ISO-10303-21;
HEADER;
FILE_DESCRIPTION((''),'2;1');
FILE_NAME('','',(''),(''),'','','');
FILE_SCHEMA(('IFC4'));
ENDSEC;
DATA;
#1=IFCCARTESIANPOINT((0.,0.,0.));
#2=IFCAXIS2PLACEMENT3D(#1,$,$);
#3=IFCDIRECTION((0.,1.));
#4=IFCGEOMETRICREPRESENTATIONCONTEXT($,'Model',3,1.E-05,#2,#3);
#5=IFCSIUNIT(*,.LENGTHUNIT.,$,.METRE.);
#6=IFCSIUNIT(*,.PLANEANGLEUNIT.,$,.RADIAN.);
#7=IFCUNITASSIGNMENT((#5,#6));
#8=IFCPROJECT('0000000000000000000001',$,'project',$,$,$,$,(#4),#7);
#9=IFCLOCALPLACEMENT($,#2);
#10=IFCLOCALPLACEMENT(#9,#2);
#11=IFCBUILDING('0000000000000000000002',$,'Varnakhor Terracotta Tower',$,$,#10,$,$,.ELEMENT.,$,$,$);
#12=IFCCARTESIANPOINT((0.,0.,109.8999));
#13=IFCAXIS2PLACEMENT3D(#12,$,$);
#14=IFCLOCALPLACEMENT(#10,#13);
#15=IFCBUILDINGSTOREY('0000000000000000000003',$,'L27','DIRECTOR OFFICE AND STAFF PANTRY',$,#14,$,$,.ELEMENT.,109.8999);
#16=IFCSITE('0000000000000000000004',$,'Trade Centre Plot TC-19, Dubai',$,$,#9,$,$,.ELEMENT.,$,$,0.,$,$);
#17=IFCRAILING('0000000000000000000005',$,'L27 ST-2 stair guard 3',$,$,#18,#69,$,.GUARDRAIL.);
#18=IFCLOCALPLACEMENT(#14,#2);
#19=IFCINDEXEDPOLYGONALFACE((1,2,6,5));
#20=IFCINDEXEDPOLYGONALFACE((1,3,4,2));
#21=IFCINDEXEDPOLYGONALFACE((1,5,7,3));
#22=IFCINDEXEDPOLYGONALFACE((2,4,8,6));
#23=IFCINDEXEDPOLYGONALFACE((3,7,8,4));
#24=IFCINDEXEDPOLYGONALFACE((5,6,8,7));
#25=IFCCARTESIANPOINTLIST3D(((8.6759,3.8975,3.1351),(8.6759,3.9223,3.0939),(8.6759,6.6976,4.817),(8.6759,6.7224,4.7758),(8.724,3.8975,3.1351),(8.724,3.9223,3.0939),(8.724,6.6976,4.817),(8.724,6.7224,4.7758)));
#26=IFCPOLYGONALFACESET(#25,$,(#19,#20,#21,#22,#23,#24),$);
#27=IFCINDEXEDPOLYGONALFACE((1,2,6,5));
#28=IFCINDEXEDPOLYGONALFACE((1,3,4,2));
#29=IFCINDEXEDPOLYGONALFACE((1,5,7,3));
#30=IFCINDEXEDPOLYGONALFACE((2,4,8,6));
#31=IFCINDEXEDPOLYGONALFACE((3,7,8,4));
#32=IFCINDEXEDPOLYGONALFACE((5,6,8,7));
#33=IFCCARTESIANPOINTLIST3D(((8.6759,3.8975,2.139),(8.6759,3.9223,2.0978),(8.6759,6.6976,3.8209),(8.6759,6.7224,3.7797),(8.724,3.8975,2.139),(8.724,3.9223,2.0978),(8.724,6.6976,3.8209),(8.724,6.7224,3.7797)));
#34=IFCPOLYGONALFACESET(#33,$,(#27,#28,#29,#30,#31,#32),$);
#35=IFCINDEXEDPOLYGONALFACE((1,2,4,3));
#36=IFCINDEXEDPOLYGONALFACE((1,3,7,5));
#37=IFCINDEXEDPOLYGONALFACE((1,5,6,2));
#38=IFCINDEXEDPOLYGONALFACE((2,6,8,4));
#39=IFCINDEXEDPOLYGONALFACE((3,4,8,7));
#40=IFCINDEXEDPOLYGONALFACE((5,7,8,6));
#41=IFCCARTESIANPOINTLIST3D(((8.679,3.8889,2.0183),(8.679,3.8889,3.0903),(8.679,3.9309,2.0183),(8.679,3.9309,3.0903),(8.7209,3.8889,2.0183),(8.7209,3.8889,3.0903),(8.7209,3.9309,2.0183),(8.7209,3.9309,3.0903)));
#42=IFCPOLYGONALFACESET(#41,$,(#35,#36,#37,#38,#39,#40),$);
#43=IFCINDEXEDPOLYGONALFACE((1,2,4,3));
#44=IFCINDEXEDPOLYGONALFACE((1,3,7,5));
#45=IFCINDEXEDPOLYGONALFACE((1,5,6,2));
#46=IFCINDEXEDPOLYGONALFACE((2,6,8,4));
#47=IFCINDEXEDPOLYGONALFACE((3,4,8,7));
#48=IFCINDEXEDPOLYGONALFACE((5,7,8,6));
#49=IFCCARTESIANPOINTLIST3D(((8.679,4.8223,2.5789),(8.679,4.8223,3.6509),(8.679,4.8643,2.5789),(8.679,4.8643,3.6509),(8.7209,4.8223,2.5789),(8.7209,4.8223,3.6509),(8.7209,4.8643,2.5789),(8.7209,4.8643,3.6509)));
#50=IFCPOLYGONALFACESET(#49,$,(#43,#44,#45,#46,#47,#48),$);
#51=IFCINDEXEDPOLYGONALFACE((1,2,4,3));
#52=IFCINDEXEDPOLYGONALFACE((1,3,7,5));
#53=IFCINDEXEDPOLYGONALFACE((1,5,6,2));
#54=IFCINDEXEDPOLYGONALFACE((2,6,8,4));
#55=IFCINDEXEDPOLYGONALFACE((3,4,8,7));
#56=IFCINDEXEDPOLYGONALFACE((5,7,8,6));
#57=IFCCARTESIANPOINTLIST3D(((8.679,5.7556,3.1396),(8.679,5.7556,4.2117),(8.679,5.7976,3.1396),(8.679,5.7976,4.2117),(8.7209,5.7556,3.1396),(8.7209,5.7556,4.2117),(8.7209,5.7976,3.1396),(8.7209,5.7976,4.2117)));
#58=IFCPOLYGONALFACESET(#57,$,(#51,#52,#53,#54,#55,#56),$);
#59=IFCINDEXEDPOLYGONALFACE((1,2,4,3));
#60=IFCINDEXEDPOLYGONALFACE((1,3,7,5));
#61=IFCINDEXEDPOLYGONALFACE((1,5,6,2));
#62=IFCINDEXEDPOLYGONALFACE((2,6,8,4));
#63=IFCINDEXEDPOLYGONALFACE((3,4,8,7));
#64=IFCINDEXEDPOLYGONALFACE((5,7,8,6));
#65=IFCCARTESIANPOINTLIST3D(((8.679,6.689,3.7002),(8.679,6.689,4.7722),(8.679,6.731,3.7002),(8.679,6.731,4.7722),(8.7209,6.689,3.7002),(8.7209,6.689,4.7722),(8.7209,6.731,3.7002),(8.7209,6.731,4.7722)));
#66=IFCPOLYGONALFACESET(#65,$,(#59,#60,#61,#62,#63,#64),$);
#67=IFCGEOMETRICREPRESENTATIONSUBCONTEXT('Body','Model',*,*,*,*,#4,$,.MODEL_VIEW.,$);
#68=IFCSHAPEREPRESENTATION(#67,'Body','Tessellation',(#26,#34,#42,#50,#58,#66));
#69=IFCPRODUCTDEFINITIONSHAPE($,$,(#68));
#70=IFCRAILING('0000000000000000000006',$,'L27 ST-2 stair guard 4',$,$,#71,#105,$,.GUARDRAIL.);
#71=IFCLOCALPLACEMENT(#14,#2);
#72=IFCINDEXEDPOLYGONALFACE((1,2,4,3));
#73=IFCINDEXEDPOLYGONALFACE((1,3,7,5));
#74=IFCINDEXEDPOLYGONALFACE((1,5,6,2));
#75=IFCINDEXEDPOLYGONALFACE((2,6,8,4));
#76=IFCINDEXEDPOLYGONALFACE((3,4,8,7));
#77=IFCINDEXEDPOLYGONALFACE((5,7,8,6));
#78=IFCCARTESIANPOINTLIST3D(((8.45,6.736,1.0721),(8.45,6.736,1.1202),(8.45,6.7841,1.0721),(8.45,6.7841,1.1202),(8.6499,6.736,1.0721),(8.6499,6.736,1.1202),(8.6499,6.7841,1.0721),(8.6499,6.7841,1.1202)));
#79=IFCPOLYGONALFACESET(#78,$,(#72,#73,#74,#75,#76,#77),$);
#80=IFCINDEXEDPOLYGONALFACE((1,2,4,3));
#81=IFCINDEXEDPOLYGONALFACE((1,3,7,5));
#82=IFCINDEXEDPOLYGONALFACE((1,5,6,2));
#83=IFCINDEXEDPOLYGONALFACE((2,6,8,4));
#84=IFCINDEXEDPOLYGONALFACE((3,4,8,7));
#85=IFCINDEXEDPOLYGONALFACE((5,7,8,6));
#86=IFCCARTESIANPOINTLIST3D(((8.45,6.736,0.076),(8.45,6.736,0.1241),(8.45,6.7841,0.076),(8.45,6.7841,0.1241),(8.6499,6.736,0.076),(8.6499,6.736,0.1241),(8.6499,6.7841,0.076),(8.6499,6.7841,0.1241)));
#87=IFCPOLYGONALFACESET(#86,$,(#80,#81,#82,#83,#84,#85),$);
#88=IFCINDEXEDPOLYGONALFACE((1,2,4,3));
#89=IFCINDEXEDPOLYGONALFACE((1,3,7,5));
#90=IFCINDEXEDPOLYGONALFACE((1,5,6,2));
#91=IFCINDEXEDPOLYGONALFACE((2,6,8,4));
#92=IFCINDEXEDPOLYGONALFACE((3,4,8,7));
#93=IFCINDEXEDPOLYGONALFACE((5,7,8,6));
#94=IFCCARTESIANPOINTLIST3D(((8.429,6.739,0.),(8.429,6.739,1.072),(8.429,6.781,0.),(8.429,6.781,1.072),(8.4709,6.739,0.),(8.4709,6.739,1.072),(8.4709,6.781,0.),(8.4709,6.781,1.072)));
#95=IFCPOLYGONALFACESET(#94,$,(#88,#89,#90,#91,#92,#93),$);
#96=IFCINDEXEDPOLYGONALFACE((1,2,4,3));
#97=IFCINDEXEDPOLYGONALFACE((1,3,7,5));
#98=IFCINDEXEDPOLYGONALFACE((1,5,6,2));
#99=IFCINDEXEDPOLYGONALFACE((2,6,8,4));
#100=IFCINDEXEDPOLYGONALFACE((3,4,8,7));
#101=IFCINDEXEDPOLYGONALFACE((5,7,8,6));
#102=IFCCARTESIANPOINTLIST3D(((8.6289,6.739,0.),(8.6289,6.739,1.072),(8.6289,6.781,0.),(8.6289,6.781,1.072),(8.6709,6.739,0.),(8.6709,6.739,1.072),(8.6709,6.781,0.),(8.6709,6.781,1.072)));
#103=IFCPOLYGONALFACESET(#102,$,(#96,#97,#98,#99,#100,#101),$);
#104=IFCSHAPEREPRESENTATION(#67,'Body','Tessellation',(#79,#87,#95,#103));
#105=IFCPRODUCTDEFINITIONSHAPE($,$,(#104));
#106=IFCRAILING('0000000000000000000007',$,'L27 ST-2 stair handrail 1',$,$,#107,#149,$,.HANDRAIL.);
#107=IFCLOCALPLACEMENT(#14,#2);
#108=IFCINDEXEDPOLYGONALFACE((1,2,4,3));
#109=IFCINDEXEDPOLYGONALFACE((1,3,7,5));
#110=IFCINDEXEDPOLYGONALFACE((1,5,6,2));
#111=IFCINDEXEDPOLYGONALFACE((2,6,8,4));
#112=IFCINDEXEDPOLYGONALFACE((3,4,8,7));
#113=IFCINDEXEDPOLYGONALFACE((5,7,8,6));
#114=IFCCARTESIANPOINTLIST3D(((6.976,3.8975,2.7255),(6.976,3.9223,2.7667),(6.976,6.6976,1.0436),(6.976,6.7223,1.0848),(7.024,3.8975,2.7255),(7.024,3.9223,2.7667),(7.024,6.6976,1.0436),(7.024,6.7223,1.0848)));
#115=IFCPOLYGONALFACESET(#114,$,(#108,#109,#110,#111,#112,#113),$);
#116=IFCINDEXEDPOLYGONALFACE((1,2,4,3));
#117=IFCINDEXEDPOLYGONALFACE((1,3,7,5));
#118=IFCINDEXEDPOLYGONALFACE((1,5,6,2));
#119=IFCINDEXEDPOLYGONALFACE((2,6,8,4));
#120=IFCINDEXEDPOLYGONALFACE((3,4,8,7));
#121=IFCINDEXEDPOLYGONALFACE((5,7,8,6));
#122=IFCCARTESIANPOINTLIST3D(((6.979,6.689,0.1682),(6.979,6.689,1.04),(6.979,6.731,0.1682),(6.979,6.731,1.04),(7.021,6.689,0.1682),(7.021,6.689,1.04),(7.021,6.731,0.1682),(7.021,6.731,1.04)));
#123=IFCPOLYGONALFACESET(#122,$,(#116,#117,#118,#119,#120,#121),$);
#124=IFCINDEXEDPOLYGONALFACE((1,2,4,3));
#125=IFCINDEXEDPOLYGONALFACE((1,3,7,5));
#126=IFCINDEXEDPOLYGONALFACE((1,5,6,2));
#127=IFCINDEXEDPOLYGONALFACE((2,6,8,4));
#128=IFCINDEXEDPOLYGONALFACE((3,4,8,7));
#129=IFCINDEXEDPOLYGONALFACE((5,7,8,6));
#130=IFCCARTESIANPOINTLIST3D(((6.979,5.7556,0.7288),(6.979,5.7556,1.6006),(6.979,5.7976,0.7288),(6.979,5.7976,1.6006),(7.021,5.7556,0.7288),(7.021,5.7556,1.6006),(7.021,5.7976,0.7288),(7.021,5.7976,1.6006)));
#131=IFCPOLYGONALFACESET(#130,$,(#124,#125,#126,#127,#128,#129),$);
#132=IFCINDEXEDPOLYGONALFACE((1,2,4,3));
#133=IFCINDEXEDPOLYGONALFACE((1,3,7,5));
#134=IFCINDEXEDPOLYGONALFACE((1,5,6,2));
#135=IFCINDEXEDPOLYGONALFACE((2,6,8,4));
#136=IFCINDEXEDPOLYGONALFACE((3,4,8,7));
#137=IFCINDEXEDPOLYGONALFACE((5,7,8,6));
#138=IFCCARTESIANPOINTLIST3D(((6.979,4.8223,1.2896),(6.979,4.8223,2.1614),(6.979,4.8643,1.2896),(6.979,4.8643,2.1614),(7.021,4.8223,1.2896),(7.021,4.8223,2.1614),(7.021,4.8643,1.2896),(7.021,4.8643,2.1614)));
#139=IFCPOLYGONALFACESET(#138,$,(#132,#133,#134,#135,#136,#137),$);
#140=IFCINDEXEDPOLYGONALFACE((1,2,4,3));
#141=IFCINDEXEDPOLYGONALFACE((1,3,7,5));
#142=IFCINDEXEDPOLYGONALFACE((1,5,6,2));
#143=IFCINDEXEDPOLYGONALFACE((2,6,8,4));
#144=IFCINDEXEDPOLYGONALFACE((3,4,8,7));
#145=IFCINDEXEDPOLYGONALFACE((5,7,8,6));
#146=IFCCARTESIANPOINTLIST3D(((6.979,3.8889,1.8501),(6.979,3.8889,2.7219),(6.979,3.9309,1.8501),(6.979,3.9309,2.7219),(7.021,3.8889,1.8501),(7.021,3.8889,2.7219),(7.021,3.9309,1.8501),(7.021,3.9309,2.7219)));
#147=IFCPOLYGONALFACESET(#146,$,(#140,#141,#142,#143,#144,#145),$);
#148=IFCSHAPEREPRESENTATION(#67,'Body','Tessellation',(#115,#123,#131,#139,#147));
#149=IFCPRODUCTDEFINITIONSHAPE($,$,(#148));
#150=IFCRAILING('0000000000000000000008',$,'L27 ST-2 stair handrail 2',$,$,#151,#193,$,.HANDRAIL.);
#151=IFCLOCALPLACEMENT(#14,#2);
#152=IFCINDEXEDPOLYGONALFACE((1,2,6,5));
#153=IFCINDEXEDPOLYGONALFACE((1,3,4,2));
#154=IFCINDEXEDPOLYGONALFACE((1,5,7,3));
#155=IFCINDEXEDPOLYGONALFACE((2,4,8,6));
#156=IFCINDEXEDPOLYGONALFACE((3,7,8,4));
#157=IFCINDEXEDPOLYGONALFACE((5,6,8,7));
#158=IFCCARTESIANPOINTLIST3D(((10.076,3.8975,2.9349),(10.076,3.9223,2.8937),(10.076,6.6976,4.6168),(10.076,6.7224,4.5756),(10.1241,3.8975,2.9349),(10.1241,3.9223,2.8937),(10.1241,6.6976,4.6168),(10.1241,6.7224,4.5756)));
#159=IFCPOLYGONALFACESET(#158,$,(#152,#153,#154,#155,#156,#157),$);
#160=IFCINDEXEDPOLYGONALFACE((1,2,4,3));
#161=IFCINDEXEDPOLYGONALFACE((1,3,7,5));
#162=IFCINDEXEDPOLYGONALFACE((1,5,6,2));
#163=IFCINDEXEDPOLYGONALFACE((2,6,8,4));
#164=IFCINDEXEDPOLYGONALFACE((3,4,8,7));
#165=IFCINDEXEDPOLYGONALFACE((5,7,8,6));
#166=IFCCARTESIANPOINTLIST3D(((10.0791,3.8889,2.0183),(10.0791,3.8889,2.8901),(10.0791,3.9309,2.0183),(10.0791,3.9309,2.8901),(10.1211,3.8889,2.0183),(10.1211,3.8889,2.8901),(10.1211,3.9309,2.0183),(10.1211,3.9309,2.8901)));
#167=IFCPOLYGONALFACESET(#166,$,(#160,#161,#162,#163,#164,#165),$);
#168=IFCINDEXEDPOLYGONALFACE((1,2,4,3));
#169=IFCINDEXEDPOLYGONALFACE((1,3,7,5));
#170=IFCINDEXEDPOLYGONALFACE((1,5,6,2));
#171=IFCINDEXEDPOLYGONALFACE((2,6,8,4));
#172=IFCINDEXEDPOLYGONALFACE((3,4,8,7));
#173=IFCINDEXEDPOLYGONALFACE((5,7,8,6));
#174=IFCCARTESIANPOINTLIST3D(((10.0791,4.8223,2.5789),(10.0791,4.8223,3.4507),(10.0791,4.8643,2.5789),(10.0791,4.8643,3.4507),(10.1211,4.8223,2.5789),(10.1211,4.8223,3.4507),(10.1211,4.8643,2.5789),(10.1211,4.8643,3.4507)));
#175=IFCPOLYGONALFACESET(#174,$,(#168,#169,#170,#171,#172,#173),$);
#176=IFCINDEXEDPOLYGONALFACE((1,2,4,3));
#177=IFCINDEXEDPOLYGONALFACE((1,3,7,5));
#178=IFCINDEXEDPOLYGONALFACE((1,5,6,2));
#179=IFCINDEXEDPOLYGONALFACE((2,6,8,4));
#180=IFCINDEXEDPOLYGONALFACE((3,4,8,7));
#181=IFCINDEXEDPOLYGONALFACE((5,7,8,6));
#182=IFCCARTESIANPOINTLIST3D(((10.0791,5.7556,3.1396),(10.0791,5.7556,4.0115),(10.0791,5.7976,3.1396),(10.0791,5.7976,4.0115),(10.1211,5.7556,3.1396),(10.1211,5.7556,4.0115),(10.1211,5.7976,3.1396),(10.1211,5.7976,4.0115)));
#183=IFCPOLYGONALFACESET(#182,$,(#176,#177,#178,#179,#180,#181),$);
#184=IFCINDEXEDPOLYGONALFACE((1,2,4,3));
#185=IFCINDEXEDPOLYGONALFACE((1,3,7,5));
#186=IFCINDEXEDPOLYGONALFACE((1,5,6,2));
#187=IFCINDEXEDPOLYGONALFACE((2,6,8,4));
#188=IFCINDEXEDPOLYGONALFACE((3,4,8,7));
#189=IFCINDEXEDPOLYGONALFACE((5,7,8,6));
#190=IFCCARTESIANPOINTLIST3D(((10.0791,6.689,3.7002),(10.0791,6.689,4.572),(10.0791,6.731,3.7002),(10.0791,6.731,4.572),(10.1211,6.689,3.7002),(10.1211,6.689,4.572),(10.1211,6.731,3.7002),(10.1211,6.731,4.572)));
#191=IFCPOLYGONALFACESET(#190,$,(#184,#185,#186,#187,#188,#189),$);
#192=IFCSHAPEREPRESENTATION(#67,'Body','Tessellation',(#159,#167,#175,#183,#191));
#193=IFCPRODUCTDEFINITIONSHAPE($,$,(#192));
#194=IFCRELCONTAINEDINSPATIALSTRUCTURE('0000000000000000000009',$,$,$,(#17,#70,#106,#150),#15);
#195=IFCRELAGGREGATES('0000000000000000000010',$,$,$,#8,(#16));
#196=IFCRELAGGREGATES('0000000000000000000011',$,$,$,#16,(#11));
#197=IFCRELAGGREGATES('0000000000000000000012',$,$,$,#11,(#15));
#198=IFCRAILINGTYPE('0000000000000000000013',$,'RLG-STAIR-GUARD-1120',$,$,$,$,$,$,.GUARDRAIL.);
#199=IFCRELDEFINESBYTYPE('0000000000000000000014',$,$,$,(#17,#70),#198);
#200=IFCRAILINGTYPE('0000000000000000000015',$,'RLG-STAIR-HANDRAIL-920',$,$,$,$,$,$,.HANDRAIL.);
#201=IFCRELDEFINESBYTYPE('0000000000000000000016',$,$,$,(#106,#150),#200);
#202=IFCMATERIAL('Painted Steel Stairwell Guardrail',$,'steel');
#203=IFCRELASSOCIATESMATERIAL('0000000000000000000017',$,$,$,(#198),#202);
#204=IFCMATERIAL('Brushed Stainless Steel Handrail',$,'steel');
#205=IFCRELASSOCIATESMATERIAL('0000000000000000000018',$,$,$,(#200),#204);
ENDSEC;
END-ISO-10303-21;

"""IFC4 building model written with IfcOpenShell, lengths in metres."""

from ifc_helpers import new_model, si_unit, direction, frame, origin, origin_2d, place, context, subcontext, project, spatial, rectangle, extrude, material, type_object, element, save


model = new_model("IFC4")

# Units and contexts
model_context = context("Model", 3, precision=1e-05, world=origin(), true_north=direction((0.0, 1.0)))
body_context = subcontext(model_context, "Body", "Model", "MODEL_VIEW")
ifc_project = project(units=[si_unit("LENGTHUNIT", "METRE"), si_unit("PLANEANGLEUNIT", "RADIAN")], contexts=[model_context])

# Site, building, storey
site_placement = place(None, origin())
site = spatial("IfcSite", under=ifc_project, at=site_placement, Name="Trade Centre Plot TC-19, Dubai", CompositionType="ELEMENT", RefElevation=0.0)
building_placement = place(site_placement, origin())
building = spatial("IfcBuilding", under=site, at=building_placement, Name="Varnakhor Terracotta Tower", CompositionType="ELEMENT")
storey_placement = place(building_placement, frame((0.0, 0.0, 109.8999)))
storey = spatial("IfcBuildingStorey", under=building, at=storey_placement, Name="L27", Description="DIRECTOR OFFICE AND STAFF PANTRY", CompositionType="ELEMENT", Elevation=109.8999)

# Railings
ifc_material_1 = material(Name="Painted Steel Stairwell Guardrail", Category="steel")
railing_type_1 = type_object("IfcRailingType", Name="RLG-STAIR-GUARD-1120", PredefinedType="GUARDRAIL", material=ifc_material_1)
railing_1_placement = place(storey_placement, frame((8.7, 3.9099, 2.0183)))
element("IfcRailing", 1, at=railing_1_placement, inside=storey, type_object=railing_type_1, Name="L27 ST-2 stair guard 3", PredefinedType="GUARDRAIL", context=body_context, shape_type="SweptSolid", body=[
    extrude(rectangle(XDim=0.0481, YDim=0.0481, at=origin_2d()), frame((0.0, 0.0, 1.0962), z_axis=(0.0, 0.857242, 0.514913), x_axis=(-1.0, 0.0, 0.0)), (0.0, 0.0, 1.0), 3.2664),
    extrude(rectangle(XDim=0.0481, YDim=0.0481, at=origin_2d()), frame((0.0, 0.0, 0.1001), z_axis=(0.0, 0.857242, 0.514913), x_axis=(-1.0, 0.0, 0.0)), (0.0, 0.0, 1.0), 3.2664),
    extrude(rectangle(XDim=0.042, YDim=0.042, at=origin_2d()), origin(), (0.0, 0.0, 1.0), 1.072),
    extrude(rectangle(XDim=0.042, YDim=0.042, at=origin_2d()), frame((0.0, 0.9333, 0.5605)), (0.0, 0.0, 1.0), 1.072),
    extrude(rectangle(XDim=0.042, YDim=0.042, at=origin_2d()), frame((0.0, 1.8667, 1.1213)), (0.0, 0.0, 1.0), 1.072),
    extrude(rectangle(XDim=0.042, YDim=0.042, at=origin_2d()), frame((0.0, 2.8, 1.6819)), (0.0, 0.0, 1.0), 1.072),
])
railing_2_placement = place(storey_placement, frame((8.45, 6.76, 0.0)))
element("IfcRailing", 2, at=railing_2_placement, inside=storey, type_object=railing_type_1, Name="L27 ST-2 stair guard 4", PredefinedType="GUARDRAIL", context=body_context, shape_type="SweptSolid", body=[
    extrude(rectangle(XDim=0.0481, YDim=0.0481, at=origin_2d()), frame((0.0, 0.0, 1.0962), z_axis=(1.0, 0.0, 0.0), x_axis=(0.0, 1.0, 0.0)), (0.0, 0.0, 1.0), 0.2),
    extrude(rectangle(XDim=0.0481, YDim=0.0481, at=origin_2d()), frame((0.0, 0.0, 0.1001), z_axis=(1.0, 0.0, 0.0), x_axis=(0.0, 1.0, 0.0)), (0.0, 0.0, 1.0), 0.2),
    extrude(rectangle(XDim=0.042, YDim=0.042, at=origin_2d()), origin(), (0.0, 0.0, 1.0), 1.072),
    extrude(rectangle(XDim=0.042, YDim=0.042, at=origin_2d()), frame((0.2, 0.0, 0.0)), (0.0, 0.0, 1.0), 1.072),
])
ifc_material_2 = material(Name="Brushed Stainless Steel Handrail", Category="steel")
railing_type_2 = type_object("IfcRailingType", Name="RLG-STAIR-HANDRAIL-920", PredefinedType="HANDRAIL", material=ifc_material_2)
railing_3_placement = place(storey_placement, frame((7.0, 6.71, 0.1682)))
element("IfcRailing", 3, at=railing_3_placement, inside=storey, type_object=railing_type_2, Name="L27 ST-2 stair handrail 1", PredefinedType="HANDRAIL", context=body_context, shape_type="SweptSolid", body=[
    extrude(rectangle(XDim=0.0481, YDim=0.0481, at=origin_2d()), frame((0.0, 0.0, 0.896), z_axis=(0.0, -0.857242, 0.514913), x_axis=(1.0, 0.0, 0.0)), (0.0, 0.0, 1.0), 3.2664),
    extrude(rectangle(XDim=0.042, YDim=0.042, at=origin_2d()), origin(), (0.0, 0.0, 1.0), 0.8718),
    extrude(rectangle(XDim=0.042, YDim=0.042, at=origin_2d()), frame((0.0, -0.9333, 0.5605)), (0.0, 0.0, 1.0), 0.8718),
    extrude(rectangle(XDim=0.042, YDim=0.042, at=origin_2d()), frame((0.0, -1.8667, 1.1213)), (0.0, 0.0, 1.0), 0.8718),
    extrude(rectangle(XDim=0.042, YDim=0.042, at=origin_2d()), frame((0.0, -2.8, 1.6819)), (0.0, 0.0, 1.0), 0.8718),
])
railing_4_placement = place(storey_placement, frame((10.1001, 3.9099, 2.0183)))
element("IfcRailing", 4, at=railing_4_placement, inside=storey, type_object=railing_type_2, Name="L27 ST-2 stair handrail 2", PredefinedType="HANDRAIL", context=body_context, shape_type="SweptSolid", body=[
    extrude(rectangle(XDim=0.0481, YDim=0.0481, at=origin_2d()), frame((0.0, 0.0, 0.896), z_axis=(0.0, 0.857242, 0.514913), x_axis=(-1.0, 0.0, 0.0)), (0.0, 0.0, 1.0), 3.2664),
    extrude(rectangle(XDim=0.042, YDim=0.042, at=origin_2d()), origin(), (0.0, 0.0, 1.0), 0.8718),
    extrude(rectangle(XDim=0.042, YDim=0.042, at=origin_2d()), frame((0.0, 0.9333, 0.5605)), (0.0, 0.0, 1.0), 0.8718),
    extrude(rectangle(XDim=0.042, YDim=0.042, at=origin_2d()), frame((0.0, 1.8667, 1.1213)), (0.0, 0.0, 1.0), 0.8718),
    extrude(rectangle(XDim=0.042, YDim=0.042, at=origin_2d()), frame((0.0, 2.8, 1.6819)), (0.0, 0.0, 1.0), 0.8718),
])

save(model, "model.ifc")
